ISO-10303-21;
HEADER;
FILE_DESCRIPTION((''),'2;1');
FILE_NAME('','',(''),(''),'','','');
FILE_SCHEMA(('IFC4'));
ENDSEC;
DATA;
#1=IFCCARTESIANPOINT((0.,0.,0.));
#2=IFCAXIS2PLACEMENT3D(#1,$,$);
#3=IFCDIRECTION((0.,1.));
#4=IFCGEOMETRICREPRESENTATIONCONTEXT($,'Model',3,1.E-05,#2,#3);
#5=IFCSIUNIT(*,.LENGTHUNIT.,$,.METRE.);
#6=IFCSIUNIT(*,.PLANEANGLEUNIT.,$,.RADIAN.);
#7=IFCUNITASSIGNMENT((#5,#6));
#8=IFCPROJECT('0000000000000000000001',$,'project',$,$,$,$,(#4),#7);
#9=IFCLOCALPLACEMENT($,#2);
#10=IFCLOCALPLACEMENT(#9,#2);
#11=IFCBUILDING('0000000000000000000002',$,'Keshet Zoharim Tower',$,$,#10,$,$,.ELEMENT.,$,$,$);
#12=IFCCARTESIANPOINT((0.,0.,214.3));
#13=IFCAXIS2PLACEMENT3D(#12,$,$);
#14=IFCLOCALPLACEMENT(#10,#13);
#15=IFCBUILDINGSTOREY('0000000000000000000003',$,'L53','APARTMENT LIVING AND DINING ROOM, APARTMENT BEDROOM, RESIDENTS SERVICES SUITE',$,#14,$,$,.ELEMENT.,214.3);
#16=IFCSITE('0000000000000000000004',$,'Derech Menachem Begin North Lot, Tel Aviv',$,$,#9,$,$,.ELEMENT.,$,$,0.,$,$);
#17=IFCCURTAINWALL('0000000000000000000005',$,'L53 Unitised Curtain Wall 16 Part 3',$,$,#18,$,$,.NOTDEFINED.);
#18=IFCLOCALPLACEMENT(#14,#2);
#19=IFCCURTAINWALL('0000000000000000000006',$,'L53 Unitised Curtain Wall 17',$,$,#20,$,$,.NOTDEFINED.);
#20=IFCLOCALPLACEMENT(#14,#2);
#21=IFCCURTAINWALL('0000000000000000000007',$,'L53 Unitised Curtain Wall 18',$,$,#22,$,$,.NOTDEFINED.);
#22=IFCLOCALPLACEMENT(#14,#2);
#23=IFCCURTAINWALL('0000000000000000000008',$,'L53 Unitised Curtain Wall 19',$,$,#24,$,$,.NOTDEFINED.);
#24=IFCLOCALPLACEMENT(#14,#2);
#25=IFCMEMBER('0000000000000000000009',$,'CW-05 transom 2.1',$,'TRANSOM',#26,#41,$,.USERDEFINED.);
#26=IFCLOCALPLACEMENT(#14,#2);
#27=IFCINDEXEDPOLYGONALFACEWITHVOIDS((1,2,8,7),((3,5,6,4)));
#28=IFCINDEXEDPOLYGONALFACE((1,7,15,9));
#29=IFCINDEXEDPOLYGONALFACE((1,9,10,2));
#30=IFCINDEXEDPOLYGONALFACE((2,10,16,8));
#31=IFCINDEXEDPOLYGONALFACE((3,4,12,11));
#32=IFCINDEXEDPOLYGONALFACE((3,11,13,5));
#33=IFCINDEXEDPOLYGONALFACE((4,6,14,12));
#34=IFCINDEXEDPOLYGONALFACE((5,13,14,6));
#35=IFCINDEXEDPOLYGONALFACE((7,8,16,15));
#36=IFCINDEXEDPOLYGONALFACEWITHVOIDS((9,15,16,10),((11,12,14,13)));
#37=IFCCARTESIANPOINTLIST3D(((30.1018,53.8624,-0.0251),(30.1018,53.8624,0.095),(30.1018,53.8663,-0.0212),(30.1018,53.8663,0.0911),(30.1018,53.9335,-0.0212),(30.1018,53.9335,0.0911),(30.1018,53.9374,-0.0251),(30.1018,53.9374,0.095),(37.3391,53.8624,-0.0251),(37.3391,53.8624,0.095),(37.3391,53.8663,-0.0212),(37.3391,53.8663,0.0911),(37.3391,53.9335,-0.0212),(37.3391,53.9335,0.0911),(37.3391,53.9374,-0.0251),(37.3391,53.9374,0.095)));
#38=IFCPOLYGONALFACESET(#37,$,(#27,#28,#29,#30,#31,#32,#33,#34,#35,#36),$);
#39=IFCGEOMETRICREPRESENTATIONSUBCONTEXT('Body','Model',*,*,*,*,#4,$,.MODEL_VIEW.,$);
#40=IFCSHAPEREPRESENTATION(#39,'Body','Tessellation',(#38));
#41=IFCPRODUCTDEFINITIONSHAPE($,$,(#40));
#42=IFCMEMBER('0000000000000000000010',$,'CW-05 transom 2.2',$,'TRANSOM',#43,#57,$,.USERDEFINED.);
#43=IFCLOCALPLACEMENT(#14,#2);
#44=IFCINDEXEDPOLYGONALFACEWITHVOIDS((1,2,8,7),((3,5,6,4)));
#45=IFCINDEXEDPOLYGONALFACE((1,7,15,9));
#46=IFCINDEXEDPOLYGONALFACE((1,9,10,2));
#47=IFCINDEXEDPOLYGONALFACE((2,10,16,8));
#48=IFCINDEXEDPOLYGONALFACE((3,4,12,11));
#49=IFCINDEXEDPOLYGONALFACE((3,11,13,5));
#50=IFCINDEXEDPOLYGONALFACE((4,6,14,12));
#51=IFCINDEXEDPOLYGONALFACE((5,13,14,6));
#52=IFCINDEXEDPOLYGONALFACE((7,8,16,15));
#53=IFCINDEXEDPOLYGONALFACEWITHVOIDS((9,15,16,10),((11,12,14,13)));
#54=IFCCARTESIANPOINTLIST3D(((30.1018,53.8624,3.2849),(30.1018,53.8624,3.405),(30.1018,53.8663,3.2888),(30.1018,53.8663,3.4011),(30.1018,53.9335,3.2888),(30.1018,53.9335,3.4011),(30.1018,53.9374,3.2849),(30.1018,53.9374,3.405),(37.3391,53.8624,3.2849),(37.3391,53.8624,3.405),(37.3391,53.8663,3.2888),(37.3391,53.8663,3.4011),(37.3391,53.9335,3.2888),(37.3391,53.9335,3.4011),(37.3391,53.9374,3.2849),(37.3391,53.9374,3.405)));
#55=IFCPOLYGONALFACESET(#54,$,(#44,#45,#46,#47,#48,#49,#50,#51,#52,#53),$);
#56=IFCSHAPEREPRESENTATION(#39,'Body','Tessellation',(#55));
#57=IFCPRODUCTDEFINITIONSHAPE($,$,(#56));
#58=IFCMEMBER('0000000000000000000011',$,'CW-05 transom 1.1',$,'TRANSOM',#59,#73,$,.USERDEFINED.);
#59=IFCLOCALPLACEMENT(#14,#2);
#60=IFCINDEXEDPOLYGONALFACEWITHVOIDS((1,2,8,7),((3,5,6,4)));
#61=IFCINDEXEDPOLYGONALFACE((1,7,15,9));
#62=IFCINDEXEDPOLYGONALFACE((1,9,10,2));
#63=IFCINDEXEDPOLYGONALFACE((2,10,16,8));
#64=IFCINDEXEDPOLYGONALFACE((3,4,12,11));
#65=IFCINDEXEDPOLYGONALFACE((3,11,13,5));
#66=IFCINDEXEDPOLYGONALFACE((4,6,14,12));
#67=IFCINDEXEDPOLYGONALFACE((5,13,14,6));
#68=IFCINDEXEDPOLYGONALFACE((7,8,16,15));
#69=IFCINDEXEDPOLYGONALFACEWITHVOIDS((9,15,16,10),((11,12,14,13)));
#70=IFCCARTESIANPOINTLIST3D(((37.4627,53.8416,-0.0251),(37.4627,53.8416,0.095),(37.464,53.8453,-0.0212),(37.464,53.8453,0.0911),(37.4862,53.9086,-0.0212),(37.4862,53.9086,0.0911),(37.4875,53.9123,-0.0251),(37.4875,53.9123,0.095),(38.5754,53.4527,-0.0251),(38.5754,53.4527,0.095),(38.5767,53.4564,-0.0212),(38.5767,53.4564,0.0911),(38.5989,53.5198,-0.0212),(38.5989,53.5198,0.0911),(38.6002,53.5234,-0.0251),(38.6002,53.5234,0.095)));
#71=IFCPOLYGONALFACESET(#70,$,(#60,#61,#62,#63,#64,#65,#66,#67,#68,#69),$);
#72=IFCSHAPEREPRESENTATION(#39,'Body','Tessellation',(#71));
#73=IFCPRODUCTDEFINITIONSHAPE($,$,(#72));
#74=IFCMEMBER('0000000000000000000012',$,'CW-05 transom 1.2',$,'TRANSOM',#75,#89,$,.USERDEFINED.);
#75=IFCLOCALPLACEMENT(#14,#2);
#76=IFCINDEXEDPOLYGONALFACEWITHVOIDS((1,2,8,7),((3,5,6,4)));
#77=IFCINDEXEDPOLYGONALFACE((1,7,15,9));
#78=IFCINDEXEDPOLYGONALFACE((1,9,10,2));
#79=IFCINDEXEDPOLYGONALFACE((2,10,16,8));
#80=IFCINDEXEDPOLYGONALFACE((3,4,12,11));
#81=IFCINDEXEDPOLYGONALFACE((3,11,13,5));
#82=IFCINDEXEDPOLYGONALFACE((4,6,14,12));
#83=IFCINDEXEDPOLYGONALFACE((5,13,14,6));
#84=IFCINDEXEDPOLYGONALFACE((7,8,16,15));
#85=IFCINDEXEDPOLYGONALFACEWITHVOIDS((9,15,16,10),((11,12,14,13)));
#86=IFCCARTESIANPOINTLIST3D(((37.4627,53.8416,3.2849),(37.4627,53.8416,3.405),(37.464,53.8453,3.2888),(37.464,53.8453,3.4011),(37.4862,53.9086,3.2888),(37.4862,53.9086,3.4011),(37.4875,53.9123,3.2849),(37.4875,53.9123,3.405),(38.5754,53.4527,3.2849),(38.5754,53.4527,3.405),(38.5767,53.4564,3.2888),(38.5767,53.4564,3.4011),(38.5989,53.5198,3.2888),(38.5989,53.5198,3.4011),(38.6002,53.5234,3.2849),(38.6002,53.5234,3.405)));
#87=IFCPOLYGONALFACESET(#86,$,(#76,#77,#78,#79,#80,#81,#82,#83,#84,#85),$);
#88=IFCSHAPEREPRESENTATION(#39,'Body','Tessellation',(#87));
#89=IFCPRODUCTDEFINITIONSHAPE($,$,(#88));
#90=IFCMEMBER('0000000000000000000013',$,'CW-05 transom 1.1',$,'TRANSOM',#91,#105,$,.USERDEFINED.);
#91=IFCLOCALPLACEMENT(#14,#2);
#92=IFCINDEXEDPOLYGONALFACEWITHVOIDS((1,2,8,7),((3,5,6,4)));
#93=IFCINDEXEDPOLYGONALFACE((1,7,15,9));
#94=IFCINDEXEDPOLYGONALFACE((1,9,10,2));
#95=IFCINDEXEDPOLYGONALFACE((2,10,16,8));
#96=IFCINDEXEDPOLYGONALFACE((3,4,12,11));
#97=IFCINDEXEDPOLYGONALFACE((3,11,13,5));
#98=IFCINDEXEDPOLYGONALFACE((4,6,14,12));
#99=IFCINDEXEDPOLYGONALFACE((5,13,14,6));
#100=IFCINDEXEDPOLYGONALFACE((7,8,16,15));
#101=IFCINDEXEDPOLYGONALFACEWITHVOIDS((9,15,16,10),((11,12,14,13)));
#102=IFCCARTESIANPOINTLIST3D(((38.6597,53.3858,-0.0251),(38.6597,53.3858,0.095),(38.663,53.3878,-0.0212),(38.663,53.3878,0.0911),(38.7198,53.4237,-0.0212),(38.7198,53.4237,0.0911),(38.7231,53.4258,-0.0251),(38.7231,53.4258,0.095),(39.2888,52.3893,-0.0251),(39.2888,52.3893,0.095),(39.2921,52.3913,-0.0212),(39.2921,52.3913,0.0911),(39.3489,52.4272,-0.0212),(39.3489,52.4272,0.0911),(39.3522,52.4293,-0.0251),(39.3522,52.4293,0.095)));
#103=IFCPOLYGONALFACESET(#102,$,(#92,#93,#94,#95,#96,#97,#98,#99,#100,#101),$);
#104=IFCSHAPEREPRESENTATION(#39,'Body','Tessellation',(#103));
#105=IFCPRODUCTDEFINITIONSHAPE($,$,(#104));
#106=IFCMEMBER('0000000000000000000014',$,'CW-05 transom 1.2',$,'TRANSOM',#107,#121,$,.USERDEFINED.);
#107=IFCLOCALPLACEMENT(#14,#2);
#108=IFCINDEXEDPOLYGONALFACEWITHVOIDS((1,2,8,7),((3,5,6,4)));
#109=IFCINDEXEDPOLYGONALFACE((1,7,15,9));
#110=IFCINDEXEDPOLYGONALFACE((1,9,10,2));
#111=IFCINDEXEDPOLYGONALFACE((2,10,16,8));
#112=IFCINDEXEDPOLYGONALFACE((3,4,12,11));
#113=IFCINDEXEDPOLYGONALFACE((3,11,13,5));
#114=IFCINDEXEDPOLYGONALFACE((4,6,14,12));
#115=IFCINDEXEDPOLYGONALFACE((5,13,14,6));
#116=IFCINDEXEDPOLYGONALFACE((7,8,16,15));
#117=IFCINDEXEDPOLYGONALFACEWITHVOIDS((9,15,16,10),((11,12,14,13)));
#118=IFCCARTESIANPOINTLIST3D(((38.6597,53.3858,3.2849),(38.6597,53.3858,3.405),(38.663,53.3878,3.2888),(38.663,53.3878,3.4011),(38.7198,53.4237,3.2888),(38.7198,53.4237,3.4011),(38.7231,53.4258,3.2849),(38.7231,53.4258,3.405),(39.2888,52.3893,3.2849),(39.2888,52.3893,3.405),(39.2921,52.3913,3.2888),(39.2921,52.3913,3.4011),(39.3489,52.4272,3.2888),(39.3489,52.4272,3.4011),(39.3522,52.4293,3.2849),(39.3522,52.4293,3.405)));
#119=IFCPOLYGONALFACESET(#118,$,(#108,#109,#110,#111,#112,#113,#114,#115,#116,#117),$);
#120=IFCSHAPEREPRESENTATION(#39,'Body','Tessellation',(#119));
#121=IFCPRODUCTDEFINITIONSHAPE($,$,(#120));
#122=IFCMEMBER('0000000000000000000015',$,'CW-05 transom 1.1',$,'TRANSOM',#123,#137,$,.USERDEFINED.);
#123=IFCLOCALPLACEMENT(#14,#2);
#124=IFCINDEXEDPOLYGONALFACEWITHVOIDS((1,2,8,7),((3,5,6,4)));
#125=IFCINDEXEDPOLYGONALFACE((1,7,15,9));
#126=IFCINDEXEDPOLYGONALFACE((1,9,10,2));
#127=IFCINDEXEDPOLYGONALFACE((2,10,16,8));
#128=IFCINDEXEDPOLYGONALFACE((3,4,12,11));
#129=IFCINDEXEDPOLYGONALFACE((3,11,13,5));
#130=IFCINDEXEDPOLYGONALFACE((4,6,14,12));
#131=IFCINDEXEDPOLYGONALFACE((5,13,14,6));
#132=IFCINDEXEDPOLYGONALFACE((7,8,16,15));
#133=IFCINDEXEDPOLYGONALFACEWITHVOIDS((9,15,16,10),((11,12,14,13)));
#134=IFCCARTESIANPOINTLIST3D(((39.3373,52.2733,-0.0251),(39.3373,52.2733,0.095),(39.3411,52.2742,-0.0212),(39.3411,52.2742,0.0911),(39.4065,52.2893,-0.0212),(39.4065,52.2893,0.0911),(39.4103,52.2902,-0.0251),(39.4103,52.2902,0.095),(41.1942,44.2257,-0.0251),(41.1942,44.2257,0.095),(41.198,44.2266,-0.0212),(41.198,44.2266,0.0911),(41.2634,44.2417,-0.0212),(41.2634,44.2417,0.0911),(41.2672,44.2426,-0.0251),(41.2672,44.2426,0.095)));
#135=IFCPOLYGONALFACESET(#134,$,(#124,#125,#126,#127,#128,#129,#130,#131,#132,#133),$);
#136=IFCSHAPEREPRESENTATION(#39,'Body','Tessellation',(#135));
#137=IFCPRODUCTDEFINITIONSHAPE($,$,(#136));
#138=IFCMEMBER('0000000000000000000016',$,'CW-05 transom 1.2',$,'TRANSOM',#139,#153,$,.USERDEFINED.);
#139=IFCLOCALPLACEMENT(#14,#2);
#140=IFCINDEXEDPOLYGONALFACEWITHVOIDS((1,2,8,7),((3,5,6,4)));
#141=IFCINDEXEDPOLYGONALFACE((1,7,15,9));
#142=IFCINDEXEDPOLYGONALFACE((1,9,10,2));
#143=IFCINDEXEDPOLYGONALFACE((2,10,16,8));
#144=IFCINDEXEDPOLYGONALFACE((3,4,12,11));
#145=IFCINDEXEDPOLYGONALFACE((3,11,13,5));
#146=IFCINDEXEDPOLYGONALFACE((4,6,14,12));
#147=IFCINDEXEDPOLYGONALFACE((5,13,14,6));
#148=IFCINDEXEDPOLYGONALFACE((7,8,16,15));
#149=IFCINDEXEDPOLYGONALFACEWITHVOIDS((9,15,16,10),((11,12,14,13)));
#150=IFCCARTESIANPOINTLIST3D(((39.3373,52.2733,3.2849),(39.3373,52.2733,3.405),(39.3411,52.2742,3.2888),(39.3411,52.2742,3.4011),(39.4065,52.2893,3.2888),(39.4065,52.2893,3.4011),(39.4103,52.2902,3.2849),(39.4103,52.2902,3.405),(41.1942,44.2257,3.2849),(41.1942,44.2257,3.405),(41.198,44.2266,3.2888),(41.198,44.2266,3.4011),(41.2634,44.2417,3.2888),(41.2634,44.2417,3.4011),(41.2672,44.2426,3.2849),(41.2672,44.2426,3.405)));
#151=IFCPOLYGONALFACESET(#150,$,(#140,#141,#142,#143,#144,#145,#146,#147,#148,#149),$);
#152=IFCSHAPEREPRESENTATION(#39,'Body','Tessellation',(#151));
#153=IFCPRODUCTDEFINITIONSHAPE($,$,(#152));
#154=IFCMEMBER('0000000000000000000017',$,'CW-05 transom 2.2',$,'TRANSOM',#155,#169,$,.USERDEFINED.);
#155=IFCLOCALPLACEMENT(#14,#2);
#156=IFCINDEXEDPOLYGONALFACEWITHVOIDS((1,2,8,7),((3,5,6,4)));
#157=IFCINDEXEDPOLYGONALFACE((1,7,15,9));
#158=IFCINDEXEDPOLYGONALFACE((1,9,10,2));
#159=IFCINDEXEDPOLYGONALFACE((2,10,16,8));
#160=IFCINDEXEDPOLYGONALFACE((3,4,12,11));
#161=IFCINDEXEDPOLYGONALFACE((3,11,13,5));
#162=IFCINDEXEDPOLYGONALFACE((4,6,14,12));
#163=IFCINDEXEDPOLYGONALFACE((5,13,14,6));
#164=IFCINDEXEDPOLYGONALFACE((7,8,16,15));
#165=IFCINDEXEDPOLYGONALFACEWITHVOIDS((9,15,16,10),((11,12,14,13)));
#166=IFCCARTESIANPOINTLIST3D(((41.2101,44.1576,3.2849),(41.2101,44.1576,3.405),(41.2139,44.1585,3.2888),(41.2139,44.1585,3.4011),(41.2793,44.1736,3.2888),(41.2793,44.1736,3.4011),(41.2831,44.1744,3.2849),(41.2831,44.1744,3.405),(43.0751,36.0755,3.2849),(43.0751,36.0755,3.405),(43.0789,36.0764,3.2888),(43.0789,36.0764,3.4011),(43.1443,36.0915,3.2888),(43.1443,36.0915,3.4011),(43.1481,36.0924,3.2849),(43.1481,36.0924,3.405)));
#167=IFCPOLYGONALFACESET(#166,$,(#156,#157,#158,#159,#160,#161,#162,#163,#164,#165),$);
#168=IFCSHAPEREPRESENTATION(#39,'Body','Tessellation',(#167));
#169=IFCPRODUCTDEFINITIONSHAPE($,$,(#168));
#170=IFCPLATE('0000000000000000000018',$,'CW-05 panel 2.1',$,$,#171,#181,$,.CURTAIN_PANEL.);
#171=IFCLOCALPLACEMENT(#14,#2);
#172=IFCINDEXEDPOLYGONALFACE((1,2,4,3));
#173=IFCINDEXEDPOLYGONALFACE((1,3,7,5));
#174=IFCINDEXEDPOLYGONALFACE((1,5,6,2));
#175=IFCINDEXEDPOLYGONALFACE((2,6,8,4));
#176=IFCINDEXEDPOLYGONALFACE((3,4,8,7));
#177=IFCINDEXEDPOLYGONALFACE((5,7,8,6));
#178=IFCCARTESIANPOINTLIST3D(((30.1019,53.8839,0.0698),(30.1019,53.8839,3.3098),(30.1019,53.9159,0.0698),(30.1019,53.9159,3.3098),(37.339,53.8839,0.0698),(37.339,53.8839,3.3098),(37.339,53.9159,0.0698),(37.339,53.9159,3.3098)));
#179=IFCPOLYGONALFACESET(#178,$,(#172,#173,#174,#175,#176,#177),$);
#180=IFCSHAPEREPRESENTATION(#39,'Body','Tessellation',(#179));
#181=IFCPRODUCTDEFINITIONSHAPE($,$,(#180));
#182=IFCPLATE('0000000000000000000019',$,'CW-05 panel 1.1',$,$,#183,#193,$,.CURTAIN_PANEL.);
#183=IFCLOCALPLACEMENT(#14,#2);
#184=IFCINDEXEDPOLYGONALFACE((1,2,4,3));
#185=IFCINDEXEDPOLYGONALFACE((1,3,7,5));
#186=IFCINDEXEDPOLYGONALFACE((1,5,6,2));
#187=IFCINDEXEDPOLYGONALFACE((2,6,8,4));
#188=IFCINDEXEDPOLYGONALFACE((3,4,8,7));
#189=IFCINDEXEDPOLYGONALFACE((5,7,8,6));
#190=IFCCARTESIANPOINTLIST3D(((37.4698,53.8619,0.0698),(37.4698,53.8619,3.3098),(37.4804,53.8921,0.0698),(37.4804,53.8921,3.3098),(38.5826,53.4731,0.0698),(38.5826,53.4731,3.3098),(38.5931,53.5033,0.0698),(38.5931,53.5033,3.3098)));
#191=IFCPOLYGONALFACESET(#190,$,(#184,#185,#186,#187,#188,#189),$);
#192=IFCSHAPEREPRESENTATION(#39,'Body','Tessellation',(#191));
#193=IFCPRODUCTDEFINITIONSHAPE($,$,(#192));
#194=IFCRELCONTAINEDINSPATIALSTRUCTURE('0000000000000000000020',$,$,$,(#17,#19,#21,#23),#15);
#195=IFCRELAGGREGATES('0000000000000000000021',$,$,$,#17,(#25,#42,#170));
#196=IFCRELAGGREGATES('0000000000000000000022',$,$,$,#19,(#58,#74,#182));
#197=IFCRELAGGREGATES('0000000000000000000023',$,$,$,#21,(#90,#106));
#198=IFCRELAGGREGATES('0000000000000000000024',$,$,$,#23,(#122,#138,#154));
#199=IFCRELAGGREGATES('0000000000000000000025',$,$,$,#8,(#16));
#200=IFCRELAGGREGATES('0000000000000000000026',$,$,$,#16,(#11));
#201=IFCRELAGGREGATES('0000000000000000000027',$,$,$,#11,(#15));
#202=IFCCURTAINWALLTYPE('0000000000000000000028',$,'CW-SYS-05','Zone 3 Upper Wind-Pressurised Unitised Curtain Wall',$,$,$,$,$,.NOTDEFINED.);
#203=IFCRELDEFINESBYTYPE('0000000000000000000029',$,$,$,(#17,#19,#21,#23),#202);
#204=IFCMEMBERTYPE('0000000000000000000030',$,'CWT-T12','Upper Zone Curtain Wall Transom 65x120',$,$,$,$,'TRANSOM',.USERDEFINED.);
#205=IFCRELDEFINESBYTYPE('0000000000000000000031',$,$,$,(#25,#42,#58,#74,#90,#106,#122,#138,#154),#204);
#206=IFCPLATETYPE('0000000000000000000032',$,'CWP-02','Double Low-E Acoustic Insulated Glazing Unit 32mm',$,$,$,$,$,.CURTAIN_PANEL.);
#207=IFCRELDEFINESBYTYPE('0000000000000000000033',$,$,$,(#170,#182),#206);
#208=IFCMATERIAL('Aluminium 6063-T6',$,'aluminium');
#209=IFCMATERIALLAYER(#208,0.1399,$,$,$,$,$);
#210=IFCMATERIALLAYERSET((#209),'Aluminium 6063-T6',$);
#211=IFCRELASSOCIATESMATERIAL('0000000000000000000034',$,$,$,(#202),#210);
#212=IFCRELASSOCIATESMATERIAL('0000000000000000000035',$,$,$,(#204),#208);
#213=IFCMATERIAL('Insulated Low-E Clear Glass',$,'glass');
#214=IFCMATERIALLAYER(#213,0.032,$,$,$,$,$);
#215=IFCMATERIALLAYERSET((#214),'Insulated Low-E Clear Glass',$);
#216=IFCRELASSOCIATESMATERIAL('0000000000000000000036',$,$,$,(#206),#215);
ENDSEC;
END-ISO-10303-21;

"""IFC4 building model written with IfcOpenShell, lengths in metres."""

from ifc_helpers import new_model, si_unit, direction, frame, origin, origin_2d, place, context, subcontext, project, spatial, rectangle, hollow_rectangle, extrude, material, layer, layer_set, material_profile, profile_set, type_object, element, aggregate, save


model = new_model("IFC4")

# Units and contexts
model_context = context("Model", 3, precision=1e-05, world=origin(), true_north=direction((0.0, 1.0)))
body_context = subcontext(model_context, "Body", "Model", "MODEL_VIEW")
ifc_project = project(units=[si_unit("LENGTHUNIT", "METRE"), si_unit("PLANEANGLEUNIT", "RADIAN")], contexts=[model_context])

# Site, building, storey
site_placement = place(None, origin())
site = spatial("IfcSite", under=ifc_project, at=site_placement, Name="Derech Menachem Begin North Lot, Tel Aviv", CompositionType="ELEMENT", RefElevation=0.0)
building_placement = place(site_placement, origin())
building = spatial("IfcBuilding", under=site, at=building_placement, Name="Keshet Zoharim Tower", CompositionType="ELEMENT")
storey_placement = place(building_placement, frame((0.0, 0.0, 214.3)))
storey = spatial("IfcBuildingStorey", under=building, at=storey_placement, Name="L53", Description="APARTMENT LIVING AND DINING ROOM, APARTMENT BEDROOM, RESIDENTS SERVICES SUITE", CompositionType="ELEMENT", Elevation=214.3)

# Curtain walls
ifc_material_1 = material(Name="Aluminium 6063-T6", Category="aluminium")
ifc_layer_1 = layer(ifc_material_1, 0.1399)
ifc_layer_set_1 = layer_set([ifc_layer_1], Name="Aluminium 6063-T6")
curtain_wall_type = type_object("IfcCurtainWallType", Name="CW-SYS-05", Description="Zone 3 Upper Wind-Pressurised Unitised Curtain Wall", PredefinedType="NOTDEFINED", material=ifc_layer_set_1)
curtain_wall_1_placement = place(storey_placement, origin())
curtain_wall_1 = element("IfcCurtainWall", 1, at=curtain_wall_1_placement, inside=storey, type_object=curtain_wall_type, Name="L53 Unitised Curtain Wall 16 Part 3", PredefinedType="NOTDEFINED")
curtain_wall_2_placement = place(storey_placement, origin())
curtain_wall_2 = element("IfcCurtainWall", 2, at=curtain_wall_2_placement, inside=storey, type_object=curtain_wall_type, Name="L53 Unitised Curtain Wall 17", PredefinedType="NOTDEFINED")
curtain_wall_3_placement = place(storey_placement, origin())
curtain_wall_3 = element("IfcCurtainWall", 3, at=curtain_wall_3_placement, inside=storey, type_object=curtain_wall_type, Name="L53 Unitised Curtain Wall 18", PredefinedType="NOTDEFINED")
curtain_wall_4_placement = place(storey_placement, origin())
curtain_wall_4 = element("IfcCurtainWall", 4, at=curtain_wall_4_placement, inside=storey, type_object=curtain_wall_type, Name="L53 Unitised Curtain Wall 19", PredefinedType="NOTDEFINED")

# Members
ifc_material_profile_1 = material_profile(ifc_material_1, hollow_rectangle(XDim=0.075, YDim=0.1201, WallThickness=0.0039, at=origin_2d()), Name="TRN-75x120")
ifc_profile_set_1 = profile_set([ifc_material_profile_1], Name="Aluminium 6063-T6")
member_type_1 = type_object("IfcMemberType", Name="CWT-T12", Description="Upper Zone Curtain Wall Transom 65x120", ElementType="TRANSOM", PredefinedType="USERDEFINED", material=ifc_profile_set_1)
member_1_placement = place(storey_placement, frame((30.1018, 53.8999, 0.0349), z_axis=(1.0, 0.0, 0.0), x_axis=(0.0, 1.0, 0.0)))
member_1 = element("IfcMember", 5, at=member_1_placement, type_object=member_type_1, Name="CW-05 transom 2.1", ObjectType="TRANSOM", PredefinedType="USERDEFINED", context=body_context, shape_type="SweptSolid", body=[
    extrude(hollow_rectangle(XDim=0.075, YDim=0.1201, WallThickness=0.0039, at=origin_2d()), origin(), (0.0, 0.0, 1.0), 7.2373),
])
member_2_placement = place(storey_placement, frame((30.1018, 53.8999, 3.345), z_axis=(1.0, 0.0, 0.0), x_axis=(0.0, 1.0, 0.0)))
member_2 = element("IfcMember", 6, at=member_2_placement, type_object=member_type_1, Name="CW-05 transom 2.2", ObjectType="TRANSOM", PredefinedType="USERDEFINED", context=body_context, shape_type="SweptSolid", body=[
    extrude(hollow_rectangle(XDim=0.075, YDim=0.1201, WallThickness=0.0039, at=origin_2d()), origin(), (0.0, 0.0, 1.0), 7.2373),
])
member_3_placement = place(storey_placement, frame((37.4751, 53.877, 0.0349), z_axis=(0.944007, -0.329926, 0.0), x_axis=(0.329926, 0.944007, 0.0)))
member_3 = element("IfcMember", 7, at=member_3_placement, type_object=member_type_1, Name="CW-05 transom 1.1", ObjectType="TRANSOM", PredefinedType="USERDEFINED", context=body_context, shape_type="SweptSolid", body=[
    extrude(hollow_rectangle(XDim=0.075, YDim=0.1201, WallThickness=0.0039, at=origin_2d()), origin(), (0.0, 0.0, 1.0), 1.1787),
])
member_4_placement = place(storey_placement, frame((37.4751, 53.877, 3.345), z_axis=(0.944007, -0.329926, 0.0), x_axis=(0.329926, 0.944007, 0.0)))
member_4 = element("IfcMember", 8, at=member_4_placement, type_object=member_type_1, Name="CW-05 transom 1.2", ObjectType="TRANSOM", PredefinedType="USERDEFINED", context=body_context, shape_type="SweptSolid", body=[
    extrude(hollow_rectangle(XDim=0.075, YDim=0.1201, WallThickness=0.0039, at=origin_2d()), origin(), (0.0, 0.0, 1.0), 1.1787),
])
member_5_placement = place(storey_placement, frame((38.6914, 53.4058, 0.0349), z_axis=(0.533829, -0.845592, 0.0), x_axis=(0.845592, 0.533829, 0.0)))
member_5 = element("IfcMember", 9, at=member_5_placement, type_object=member_type_1, Name="CW-05 transom 1.1", ObjectType="TRANSOM", PredefinedType="USERDEFINED", context=body_context, shape_type="SweptSolid", body=[
    extrude(hollow_rectangle(XDim=0.075, YDim=0.1201, WallThickness=0.0039, at=origin_2d()), origin(), (0.0, 0.0, 1.0), 1.1785),
])
member_6_placement = place(storey_placement, frame((38.6914, 53.4058, 3.345), z_axis=(0.533829, -0.845592, 0.0), x_axis=(0.845592, 0.533829, 0.0)))
member_6 = element("IfcMember", 10, at=member_6_placement, type_object=member_type_1, Name="CW-05 transom 1.2", ObjectType="TRANSOM", PredefinedType="USERDEFINED", context=body_context, shape_type="SweptSolid", body=[
    extrude(hollow_rectangle(XDim=0.075, YDim=0.1201, WallThickness=0.0039, at=origin_2d()), origin(), (0.0, 0.0, 1.0), 1.1785),
])
member_7_placement = place(storey_placement, frame((39.3738, 52.2817, 0.0349), z_axis=(0.224836, -0.974397, 0.0), x_axis=(0.974397, 0.224836, 0.0)))
member_7 = element("IfcMember", 11, at=member_7_placement, type_object=member_type_1, Name="CW-05 transom 1.1", ObjectType="TRANSOM", PredefinedType="USERDEFINED", context=body_context, shape_type="SweptSolid", body=[
    extrude(hollow_rectangle(XDim=0.075, YDim=0.1201, WallThickness=0.0039, at=origin_2d()), origin(), (0.0, 0.0, 1.0), 8.259),
])
member_8_placement = place(storey_placement, frame((39.3738, 52.2817, 3.345), z_axis=(0.224836, -0.974397, 0.0), x_axis=(0.974397, 0.224836, 0.0)))
member_8 = element("IfcMember", 12, at=member_8_placement, type_object=member_type_1, Name="CW-05 transom 1.2", ObjectType="TRANSOM", PredefinedType="USERDEFINED", context=body_context, shape_type="SweptSolid", body=[
    extrude(hollow_rectangle(XDim=0.075, YDim=0.1201, WallThickness=0.0039, at=origin_2d()), origin(), (0.0, 0.0, 1.0), 8.259),
])
member_9_placement = place(storey_placement, frame((41.2466, 44.166, 3.345), z_axis=(0.224849, -0.974394, 0.0), x_axis=(0.974394, 0.224849, 0.0)))
member_9 = element("IfcMember", 13, at=member_9_placement, type_object=member_type_1, Name="CW-05 transom 2.2", ObjectType="TRANSOM", PredefinedType="USERDEFINED", context=body_context, shape_type="SweptSolid", body=[
    extrude(hollow_rectangle(XDim=0.075, YDim=0.1201, WallThickness=0.0039, at=origin_2d()), origin(), (0.0, 0.0, 1.0), 8.2944),
])

# Plates
ifc_material_2 = material(Name="Insulated Low-E Clear Glass", Category="glass")
ifc_layer_2 = layer(ifc_material_2, 0.032)
ifc_layer_set_2 = layer_set([ifc_layer_2], Name="Insulated Low-E Clear Glass")
plate_type = type_object("IfcPlateType", Name="CWP-02", Description="Double Low-E Acoustic Insulated Glazing Unit 32mm", PredefinedType="CURTAIN_PANEL", material=ifc_layer_set_2)
plate_1_placement = place(storey_placement, frame((33.7205, 53.8999, 0.0698), z_axis=(0.0, 0.0, 1.0), x_axis=(1.0, 0.0, 0.0)))
plate_1 = element("IfcPlate", 14, at=plate_1_placement, type_object=plate_type, Name="CW-05 panel 2.1", PredefinedType="CURTAIN_PANEL", context=body_context, shape_type="SweptSolid", body=[
    extrude(rectangle(XDim=7.2371, YDim=0.032, at=origin_2d()), origin(), (0.0, 0.0, 1.0), 3.24),
])
aggregate(curtain_wall_1, [member_1, member_2, plate_1])
plate_2_placement = place(storey_placement, frame((38.0315, 53.6826, 0.0698), z_axis=(0.0, 0.0, 1.0), x_axis=(0.944036, -0.329844, 0.0)))
plate_2 = element("IfcPlate", 15, at=plate_2_placement, type_object=plate_type, Name="CW-05 panel 1.1", PredefinedType="CURTAIN_PANEL", context=body_context, shape_type="SweptSolid", body=[
    extrude(rectangle(XDim=1.1787, YDim=0.032, at=origin_2d()), origin(), (0.0, 0.0, 1.0), 3.24),
])
aggregate(curtain_wall_2, [member_3, member_4, plate_2])
aggregate(curtain_wall_3, [member_5, member_6])
aggregate(curtain_wall_4, [member_7, member_8, member_9])

save(model, "model.ifc")
